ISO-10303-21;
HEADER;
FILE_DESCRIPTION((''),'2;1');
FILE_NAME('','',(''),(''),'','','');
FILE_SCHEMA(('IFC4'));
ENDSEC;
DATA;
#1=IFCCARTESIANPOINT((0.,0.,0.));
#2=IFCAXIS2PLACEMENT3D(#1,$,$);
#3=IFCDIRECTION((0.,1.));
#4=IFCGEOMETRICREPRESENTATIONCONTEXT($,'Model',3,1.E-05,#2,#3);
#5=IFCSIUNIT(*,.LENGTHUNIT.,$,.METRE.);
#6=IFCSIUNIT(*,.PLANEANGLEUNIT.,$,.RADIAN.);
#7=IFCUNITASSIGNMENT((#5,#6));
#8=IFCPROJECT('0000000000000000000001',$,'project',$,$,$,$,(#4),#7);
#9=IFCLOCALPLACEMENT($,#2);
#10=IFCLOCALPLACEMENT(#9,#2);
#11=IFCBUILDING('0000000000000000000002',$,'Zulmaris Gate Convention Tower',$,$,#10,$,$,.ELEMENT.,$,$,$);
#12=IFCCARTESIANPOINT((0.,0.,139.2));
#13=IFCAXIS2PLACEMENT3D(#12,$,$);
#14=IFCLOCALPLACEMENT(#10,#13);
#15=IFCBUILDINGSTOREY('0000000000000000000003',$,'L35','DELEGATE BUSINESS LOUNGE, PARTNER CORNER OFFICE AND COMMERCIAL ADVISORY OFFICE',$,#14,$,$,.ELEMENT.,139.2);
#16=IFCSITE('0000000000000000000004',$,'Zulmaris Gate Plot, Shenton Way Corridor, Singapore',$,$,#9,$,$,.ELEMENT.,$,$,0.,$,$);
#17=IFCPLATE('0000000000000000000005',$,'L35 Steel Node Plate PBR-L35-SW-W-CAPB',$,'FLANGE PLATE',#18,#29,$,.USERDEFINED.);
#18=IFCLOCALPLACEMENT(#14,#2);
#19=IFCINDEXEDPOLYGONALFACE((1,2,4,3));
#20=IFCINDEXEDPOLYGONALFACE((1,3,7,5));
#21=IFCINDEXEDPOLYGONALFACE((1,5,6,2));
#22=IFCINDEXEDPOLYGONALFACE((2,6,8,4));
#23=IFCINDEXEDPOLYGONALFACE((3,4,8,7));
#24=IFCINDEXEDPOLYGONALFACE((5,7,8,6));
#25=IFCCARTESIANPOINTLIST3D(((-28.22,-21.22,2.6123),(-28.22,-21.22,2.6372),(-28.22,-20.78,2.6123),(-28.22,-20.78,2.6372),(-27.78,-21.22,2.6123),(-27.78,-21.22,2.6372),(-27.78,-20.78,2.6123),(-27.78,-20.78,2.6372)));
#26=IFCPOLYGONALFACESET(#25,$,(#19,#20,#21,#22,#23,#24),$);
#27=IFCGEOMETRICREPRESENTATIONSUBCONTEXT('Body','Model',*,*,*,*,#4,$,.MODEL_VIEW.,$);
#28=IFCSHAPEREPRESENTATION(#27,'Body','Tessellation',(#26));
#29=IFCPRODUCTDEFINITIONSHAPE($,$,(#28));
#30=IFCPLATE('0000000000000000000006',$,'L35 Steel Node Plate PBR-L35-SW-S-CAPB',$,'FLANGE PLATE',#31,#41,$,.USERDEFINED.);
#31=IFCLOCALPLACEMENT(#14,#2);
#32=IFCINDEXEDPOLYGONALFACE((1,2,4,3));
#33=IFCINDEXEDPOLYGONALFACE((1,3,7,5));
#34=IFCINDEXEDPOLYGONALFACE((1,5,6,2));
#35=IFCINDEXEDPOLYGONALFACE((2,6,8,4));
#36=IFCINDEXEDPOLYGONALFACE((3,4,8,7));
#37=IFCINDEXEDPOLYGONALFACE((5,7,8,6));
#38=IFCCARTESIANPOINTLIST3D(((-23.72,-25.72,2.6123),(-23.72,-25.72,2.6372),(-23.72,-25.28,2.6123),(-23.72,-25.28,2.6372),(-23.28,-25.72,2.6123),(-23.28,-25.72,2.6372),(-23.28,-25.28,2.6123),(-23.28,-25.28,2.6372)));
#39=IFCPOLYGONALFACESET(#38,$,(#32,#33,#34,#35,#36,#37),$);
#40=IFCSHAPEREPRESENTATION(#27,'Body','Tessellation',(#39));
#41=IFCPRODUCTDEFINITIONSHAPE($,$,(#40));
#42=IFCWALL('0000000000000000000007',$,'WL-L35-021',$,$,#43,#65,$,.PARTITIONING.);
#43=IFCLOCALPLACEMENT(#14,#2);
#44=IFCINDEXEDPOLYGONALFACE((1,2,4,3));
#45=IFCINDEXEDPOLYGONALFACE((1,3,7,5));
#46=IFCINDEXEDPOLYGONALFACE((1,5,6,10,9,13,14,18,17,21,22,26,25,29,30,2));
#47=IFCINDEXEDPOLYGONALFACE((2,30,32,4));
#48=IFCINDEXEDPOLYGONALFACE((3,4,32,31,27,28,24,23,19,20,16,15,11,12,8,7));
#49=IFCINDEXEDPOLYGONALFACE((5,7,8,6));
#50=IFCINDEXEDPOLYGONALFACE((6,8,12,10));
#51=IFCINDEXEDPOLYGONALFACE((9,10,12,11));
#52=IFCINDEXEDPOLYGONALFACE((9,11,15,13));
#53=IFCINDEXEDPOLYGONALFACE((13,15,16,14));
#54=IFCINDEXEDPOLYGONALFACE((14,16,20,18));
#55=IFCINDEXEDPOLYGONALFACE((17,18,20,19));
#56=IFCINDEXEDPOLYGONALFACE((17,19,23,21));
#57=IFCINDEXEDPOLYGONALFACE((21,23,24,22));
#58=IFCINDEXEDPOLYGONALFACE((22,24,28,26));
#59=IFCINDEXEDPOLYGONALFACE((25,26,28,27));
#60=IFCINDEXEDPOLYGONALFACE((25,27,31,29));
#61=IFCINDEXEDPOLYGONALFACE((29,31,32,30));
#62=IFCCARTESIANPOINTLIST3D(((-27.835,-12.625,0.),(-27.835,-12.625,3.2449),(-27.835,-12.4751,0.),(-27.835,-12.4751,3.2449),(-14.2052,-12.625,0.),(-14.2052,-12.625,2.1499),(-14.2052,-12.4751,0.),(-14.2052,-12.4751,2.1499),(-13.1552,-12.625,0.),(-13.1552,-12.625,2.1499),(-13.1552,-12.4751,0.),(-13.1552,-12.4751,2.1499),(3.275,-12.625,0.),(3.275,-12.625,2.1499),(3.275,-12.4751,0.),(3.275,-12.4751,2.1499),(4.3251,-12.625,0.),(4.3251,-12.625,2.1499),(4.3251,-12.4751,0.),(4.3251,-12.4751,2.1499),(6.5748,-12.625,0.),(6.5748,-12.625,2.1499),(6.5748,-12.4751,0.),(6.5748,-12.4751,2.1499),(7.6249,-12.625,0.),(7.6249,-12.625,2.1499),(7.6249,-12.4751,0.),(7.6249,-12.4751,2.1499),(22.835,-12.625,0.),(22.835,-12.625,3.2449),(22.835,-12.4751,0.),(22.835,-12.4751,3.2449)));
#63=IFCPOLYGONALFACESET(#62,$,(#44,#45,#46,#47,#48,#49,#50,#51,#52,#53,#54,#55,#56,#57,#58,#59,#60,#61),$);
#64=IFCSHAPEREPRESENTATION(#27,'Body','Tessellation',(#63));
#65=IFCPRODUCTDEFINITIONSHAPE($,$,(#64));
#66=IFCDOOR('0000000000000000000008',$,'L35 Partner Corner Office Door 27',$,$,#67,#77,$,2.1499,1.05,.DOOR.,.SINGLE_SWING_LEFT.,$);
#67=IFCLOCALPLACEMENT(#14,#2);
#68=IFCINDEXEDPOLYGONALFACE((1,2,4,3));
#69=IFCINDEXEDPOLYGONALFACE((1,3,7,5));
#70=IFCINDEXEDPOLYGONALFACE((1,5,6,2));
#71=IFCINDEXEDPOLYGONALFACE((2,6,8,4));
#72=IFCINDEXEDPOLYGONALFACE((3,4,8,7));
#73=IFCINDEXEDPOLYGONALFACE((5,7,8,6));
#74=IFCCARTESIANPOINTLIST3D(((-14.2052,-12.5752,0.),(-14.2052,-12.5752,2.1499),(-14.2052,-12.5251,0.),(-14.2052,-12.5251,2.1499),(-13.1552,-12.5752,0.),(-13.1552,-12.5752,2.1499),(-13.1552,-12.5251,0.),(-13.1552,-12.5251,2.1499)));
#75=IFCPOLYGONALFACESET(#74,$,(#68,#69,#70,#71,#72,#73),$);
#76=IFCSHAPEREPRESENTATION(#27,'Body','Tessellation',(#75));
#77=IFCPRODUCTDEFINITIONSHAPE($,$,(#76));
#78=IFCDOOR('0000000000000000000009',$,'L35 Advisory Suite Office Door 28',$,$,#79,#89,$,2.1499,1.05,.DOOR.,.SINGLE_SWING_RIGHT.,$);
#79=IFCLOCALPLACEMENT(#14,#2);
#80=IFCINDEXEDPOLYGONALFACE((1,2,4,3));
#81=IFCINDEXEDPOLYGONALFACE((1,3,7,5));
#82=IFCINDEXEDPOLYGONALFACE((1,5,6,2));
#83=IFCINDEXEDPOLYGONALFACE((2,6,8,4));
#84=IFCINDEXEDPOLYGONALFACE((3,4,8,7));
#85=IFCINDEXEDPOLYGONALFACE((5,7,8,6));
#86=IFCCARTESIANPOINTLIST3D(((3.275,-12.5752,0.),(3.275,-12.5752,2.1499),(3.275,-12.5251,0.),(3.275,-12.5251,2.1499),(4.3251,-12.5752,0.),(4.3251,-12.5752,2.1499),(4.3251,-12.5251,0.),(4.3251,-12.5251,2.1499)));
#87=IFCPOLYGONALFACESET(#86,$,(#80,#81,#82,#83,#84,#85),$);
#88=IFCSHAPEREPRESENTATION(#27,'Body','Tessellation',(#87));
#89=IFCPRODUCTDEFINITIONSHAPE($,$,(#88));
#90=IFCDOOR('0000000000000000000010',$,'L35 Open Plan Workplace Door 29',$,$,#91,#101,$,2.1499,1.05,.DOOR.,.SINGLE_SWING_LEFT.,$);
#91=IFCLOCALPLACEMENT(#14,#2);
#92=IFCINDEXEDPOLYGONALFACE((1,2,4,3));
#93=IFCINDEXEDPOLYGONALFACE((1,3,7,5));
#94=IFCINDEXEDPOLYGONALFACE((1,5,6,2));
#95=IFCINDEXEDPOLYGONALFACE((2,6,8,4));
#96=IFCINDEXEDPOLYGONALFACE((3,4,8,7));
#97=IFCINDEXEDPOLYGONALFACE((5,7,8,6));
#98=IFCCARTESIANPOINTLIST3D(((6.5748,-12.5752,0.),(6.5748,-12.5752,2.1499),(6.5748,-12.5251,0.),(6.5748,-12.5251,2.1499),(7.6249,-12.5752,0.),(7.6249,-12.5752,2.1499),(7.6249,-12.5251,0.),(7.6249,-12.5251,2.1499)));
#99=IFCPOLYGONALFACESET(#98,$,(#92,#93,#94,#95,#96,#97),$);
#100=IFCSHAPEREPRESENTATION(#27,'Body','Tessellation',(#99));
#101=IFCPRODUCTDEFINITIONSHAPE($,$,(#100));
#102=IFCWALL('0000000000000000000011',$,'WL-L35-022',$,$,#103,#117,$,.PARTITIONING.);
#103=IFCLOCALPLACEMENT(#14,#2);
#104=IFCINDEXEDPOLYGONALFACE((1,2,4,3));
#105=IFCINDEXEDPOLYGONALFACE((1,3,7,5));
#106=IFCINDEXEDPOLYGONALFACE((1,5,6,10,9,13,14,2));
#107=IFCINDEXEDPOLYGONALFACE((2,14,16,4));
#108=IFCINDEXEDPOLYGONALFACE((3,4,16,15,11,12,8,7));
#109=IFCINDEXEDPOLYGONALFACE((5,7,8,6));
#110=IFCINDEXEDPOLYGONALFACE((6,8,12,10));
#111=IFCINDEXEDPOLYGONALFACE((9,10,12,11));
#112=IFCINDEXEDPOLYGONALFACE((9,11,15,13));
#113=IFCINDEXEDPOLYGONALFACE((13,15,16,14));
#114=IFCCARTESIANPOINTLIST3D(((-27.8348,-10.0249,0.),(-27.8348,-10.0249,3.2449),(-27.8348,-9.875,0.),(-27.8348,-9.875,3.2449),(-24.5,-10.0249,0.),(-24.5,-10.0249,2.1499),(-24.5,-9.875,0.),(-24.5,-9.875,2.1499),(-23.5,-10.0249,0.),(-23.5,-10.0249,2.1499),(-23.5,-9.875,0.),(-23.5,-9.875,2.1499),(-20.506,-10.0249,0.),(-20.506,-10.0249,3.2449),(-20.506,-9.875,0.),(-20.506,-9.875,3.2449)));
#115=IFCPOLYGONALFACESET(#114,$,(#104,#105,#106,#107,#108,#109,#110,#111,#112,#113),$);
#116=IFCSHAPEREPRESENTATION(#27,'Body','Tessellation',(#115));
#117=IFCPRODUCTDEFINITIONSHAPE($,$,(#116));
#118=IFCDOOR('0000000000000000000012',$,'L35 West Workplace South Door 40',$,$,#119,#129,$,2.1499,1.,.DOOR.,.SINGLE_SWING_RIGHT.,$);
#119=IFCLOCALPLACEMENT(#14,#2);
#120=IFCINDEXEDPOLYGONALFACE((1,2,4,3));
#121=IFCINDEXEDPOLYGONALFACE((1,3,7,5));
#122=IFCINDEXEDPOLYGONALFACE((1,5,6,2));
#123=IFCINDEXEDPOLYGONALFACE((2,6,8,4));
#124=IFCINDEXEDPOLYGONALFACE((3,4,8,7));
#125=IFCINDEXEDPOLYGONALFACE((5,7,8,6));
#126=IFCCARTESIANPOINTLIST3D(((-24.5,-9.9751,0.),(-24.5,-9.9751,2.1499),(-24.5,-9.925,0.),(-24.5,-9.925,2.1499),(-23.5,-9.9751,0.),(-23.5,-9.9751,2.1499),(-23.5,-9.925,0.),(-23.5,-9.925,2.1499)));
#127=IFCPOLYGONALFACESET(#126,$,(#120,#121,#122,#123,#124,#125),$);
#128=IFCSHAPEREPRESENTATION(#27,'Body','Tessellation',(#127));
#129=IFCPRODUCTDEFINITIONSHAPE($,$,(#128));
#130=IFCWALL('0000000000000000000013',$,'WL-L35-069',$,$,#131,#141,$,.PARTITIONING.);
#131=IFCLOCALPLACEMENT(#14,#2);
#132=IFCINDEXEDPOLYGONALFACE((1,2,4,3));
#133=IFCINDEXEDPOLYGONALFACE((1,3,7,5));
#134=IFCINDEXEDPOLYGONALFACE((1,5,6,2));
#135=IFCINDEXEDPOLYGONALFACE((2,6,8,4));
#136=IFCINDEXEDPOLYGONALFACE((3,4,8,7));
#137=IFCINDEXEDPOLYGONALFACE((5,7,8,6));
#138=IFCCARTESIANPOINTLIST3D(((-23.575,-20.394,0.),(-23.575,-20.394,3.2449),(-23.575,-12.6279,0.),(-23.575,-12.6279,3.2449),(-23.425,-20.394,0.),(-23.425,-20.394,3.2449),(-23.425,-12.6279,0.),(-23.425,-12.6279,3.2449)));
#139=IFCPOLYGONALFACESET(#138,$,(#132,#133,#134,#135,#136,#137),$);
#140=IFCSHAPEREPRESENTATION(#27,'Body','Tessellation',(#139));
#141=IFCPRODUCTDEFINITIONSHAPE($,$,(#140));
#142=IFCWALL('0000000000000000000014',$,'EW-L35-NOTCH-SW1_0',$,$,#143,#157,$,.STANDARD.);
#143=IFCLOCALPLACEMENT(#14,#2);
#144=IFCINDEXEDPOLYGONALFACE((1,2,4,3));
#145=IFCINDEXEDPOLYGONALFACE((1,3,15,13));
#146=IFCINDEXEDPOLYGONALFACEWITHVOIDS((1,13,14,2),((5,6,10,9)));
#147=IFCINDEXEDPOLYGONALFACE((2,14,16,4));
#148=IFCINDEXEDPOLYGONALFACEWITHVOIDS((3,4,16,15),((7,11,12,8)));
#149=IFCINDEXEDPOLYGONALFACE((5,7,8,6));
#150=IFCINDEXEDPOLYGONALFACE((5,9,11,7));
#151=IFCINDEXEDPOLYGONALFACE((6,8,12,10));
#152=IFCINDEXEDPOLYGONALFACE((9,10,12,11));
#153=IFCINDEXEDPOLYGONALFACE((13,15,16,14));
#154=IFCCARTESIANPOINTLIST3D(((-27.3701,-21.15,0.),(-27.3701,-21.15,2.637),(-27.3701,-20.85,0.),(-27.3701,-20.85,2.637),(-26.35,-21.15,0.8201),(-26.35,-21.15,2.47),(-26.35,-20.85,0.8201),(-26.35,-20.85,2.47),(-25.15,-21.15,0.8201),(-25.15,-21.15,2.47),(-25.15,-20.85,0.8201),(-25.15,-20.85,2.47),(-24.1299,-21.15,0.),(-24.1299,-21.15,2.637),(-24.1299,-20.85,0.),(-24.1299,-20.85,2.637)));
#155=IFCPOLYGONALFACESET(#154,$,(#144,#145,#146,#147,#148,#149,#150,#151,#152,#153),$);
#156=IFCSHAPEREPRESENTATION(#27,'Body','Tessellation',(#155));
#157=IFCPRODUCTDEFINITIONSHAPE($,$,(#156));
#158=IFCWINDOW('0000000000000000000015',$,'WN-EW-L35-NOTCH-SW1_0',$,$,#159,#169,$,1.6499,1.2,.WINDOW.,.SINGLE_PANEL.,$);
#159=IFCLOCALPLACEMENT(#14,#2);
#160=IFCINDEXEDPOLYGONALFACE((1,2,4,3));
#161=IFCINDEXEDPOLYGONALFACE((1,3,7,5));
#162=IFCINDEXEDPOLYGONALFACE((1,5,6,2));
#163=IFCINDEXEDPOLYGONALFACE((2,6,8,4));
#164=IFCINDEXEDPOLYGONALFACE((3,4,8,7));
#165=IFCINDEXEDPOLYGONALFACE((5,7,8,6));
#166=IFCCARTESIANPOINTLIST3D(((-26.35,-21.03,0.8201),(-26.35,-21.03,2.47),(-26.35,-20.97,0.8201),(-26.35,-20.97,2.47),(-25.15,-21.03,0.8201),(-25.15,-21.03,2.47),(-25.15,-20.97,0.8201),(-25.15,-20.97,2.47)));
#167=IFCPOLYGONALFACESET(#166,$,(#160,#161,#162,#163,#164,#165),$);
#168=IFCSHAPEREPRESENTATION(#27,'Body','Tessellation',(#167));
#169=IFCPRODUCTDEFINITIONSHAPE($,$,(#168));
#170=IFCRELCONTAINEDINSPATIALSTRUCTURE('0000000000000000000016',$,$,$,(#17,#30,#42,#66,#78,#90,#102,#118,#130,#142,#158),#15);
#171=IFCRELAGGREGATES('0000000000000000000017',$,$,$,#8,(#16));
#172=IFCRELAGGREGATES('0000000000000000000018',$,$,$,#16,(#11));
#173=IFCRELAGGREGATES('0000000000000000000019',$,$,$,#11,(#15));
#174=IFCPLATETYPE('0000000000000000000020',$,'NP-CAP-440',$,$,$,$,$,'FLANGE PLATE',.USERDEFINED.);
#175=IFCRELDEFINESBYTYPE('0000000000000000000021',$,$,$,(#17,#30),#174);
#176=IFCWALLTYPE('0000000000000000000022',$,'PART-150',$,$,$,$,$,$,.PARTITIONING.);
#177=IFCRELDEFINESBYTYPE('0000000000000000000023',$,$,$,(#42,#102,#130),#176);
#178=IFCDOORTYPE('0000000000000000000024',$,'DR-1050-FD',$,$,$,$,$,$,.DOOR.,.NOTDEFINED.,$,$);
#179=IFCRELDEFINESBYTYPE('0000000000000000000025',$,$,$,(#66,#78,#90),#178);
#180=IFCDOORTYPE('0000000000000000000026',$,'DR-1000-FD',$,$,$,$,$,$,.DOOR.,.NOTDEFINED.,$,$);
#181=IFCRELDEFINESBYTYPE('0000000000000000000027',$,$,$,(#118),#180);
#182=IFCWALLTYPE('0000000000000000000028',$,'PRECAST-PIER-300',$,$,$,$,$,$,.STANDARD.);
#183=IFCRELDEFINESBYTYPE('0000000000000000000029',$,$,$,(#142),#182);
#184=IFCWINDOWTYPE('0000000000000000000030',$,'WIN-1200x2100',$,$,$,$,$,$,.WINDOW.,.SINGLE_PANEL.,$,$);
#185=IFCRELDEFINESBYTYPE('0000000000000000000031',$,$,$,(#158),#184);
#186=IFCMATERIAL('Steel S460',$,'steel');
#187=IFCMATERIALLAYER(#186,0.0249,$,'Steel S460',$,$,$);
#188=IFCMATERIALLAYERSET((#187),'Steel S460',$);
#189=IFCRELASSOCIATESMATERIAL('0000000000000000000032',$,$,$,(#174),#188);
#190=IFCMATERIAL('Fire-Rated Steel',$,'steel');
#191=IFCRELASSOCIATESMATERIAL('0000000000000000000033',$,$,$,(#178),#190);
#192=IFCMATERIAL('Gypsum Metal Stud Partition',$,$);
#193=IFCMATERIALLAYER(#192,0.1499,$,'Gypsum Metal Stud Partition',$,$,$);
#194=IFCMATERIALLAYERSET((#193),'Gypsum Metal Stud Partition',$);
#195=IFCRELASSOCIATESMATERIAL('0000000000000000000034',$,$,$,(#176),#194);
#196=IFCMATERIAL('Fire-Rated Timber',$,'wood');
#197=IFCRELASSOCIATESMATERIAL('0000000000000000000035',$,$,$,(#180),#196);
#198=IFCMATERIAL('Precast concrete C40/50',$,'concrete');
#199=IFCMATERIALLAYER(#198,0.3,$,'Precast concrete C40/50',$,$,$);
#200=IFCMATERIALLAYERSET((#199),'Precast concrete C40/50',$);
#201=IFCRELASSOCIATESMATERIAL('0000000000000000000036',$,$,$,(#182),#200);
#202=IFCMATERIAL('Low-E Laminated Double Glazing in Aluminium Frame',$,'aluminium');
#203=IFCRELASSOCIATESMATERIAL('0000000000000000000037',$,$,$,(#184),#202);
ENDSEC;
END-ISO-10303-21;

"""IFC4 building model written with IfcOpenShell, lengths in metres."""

from ifc_helpers import new_model, si_unit, direction, frame, frame_2d, origin, origin_2d, place, context, subcontext, project, spatial, rectangle, extrude, material, layer, layer_set, type_object, element, fill, save


model = new_model("IFC4")

# Units and contexts
model_context = context("Model", 3, precision=1e-05, world=origin(), true_north=direction((0.0, 1.0)))
body_context = subcontext(model_context, "Body", "Model", "MODEL_VIEW")
ifc_project = project(units=[si_unit("LENGTHUNIT", "METRE"), si_unit("PLANEANGLEUNIT", "RADIAN")], contexts=[model_context])

# Site, building, storey
site_placement = place(None, origin())
site = spatial("IfcSite", under=ifc_project, at=site_placement, Name="Zulmaris Gate Plot, Shenton Way Corridor, Singapore", CompositionType="ELEMENT", RefElevation=0.0)
building_placement = place(site_placement, origin())
building = spatial("IfcBuilding", under=site, at=building_placement, Name="Zulmaris Gate Convention Tower", CompositionType="ELEMENT")
storey_placement = place(building_placement, frame((0.0, 0.0, 139.2)))
storey = spatial("IfcBuildingStorey", under=building, at=storey_placement, Name="L35", Description="DELEGATE BUSINESS LOUNGE, PARTNER CORNER OFFICE AND COMMERCIAL ADVISORY OFFICE", CompositionType="ELEMENT", Elevation=139.2)

# Plates
ifc_material_1 = material(Name="Steel S460", Category="steel")
ifc_layer_1 = layer(ifc_material_1, 0.0249, Name="Steel S460")
ifc_layer_set_1 = layer_set([ifc_layer_1], Name="Steel S460")
plate_type = type_object("IfcPlateType", Name="NP-CAP-440", ElementType="FLANGE PLATE", PredefinedType="USERDEFINED", material=ifc_layer_set_1)
for number, where, z_axis, x_axis, name in (
    (1, (-28.0, -21.0, 2.6123), (0.0, 0.0, 1.0), (1.0, 0.0, 0.0), "L35 Steel Node Plate PBR-L35-SW-W-CAPB"),
    (2, (-23.5, -25.5, 2.6123), (0.0, 0.0, 1.0), (1.0, 0.0, 0.0), "L35 Steel Node Plate PBR-L35-SW-S-CAPB"),
):
    element("IfcPlate", number, at=place(storey_placement, frame(where, z_axis=z_axis, x_axis=x_axis)), inside=storey, type_object=plate_type, Name=name, ObjectType="FLANGE PLATE", PredefinedType="USERDEFINED", context=body_context, shape_type="SweptSolid", body=[
        extrude(rectangle(XDim=0.4399, YDim=0.4399, at=origin_2d()), origin(), (0.0, 0.0, 1.0), 0.0249),
    ])

# Shared definitions
ifc_material_2 = material(Name="Fire-Rated Steel", Category="steel")
door_type_1 = type_object("IfcDoorType", Name="DR-1050-FD", OperationType="NOTDEFINED", PredefinedType="DOOR", material=ifc_material_2)

# Wall, openings, doors
ifc_material_3 = material(Name="Gypsum Metal Stud Partition")
ifc_layer_2 = layer(ifc_material_3, 0.1499, Name="Gypsum Metal Stud Partition")
ifc_layer_set_2 = layer_set([ifc_layer_2], Name="Gypsum Metal Stud Partition")
wall_type_1 = type_object("IfcWallType", Name="PART-150", PredefinedType="PARTITIONING", material=ifc_layer_set_2)
wall_1_placement = place(storey_placement, frame((-27.835, -12.55, 0.0), z_axis=(0.0, 0.0, 1.0), x_axis=(1.0, 0.0, 0.0)))
wall_1 = element("IfcWall", 3, at=wall_1_placement, inside=storey, type_object=wall_type_1, Name="WL-L35-021", PredefinedType="PARTITIONING", context=body_context, shape_type="SweptSolid", body=[
    extrude(rectangle(XDim=50.6699, YDim=0.1499, at=frame_2d((25.335, 0.0))), origin(), (0.0, 0.0, 1.0), 3.2449),
])
opening_1_placement = place(wall_1_placement, frame((13.6299, 0.0, 0.0)))
opening_1 = element("IfcOpeningElement", 4, at=opening_1_placement, cuts=wall_1, PredefinedType="OPENING", context=body_context, shape_type="SweptSolid", body=[
    extrude(rectangle(XDim=1.05, YDim=2.1499, at=frame_2d((0.5249, 1.075))), frame((0.0, 0.085, 0.0), z_axis=(0.0, -1.0, 0.0), x_axis=(1.0, 0.0, 0.0)), (0.0, 0.0, 1.0), 0.1699),
])
opening_2_placement = place(wall_1_placement, frame((31.1101, 0.0, 0.0)))
opening_2 = element("IfcOpeningElement", 5, at=opening_2_placement, cuts=wall_1, PredefinedType="OPENING", context=body_context, shape_type="SweptSolid", body=[
    extrude(rectangle(XDim=1.05, YDim=2.1499, at=frame_2d((0.5249, 1.075))), frame((0.0, 0.085, 0.0), z_axis=(0.0, -1.0, 0.0), x_axis=(1.0, 0.0, 0.0)), (0.0, 0.0, 1.0), 0.1699),
])
opening_3_placement = place(wall_1_placement, frame((34.4099, 0.0, 0.0)))
opening_3 = element("IfcOpeningElement", 6, at=opening_3_placement, cuts=wall_1, PredefinedType="OPENING", context=body_context, shape_type="SweptSolid", body=[
    extrude(rectangle(XDim=1.05, YDim=2.1499, at=frame_2d((0.5249, 1.075))), frame((0.0, 0.085, 0.0), z_axis=(0.0, -1.0, 0.0), x_axis=(1.0, 0.0, 0.0)), (0.0, 0.0, 1.0), 0.1699),
])
door_1_placement = place(opening_1_placement, origin())
door_1 = element("IfcDoor", 7, at=door_1_placement, inside=storey, type_object=door_type_1, Name="L35 Partner Corner Office Door 27", OperationType="SINGLE_SWING_LEFT", OverallHeight=2.1499, OverallWidth=1.05, PredefinedType="DOOR", context=body_context, shape_type="SweptSolid", body=[
    extrude(rectangle(XDim=1.05, YDim=2.1499, at=frame_2d((0.5249, 1.075))), frame((0.0, 0.0249, 0.0), z_axis=(0.0, -1.0, 0.0), x_axis=(1.0, 0.0, 0.0)), (0.0, 0.0, 1.0), 0.05),
])
fill(opening_1, door_1)
door_2_placement = place(opening_2_placement, origin())
door_2 = element("IfcDoor", 8, at=door_2_placement, inside=storey, type_object=door_type_1, Name="L35 Advisory Suite Office Door 28", OperationType="SINGLE_SWING_RIGHT", OverallHeight=2.1499, OverallWidth=1.05, PredefinedType="DOOR", context=body_context, shape_type="SweptSolid", body=[
    extrude(rectangle(XDim=1.05, YDim=2.1499, at=frame_2d((0.5249, 1.075))), frame((0.0, 0.0249, 0.0), z_axis=(0.0, -1.0, 0.0), x_axis=(1.0, 0.0, 0.0)), (0.0, 0.0, 1.0), 0.05),
])
fill(opening_2, door_2)
door_3_placement = place(opening_3_placement, origin())
door_3 = element("IfcDoor", 9, at=door_3_placement, inside=storey, type_object=door_type_1, Name="L35 Open Plan Workplace Door 29", OperationType="SINGLE_SWING_LEFT", OverallHeight=2.1499, OverallWidth=1.05, PredefinedType="DOOR", context=body_context, shape_type="SweptSolid", body=[
    extrude(rectangle(XDim=1.05, YDim=2.1499, at=frame_2d((0.5249, 1.075))), frame((0.0, 0.0249, 0.0), z_axis=(0.0, -1.0, 0.0), x_axis=(1.0, 0.0, 0.0)), (0.0, 0.0, 1.0), 0.05),
])
fill(opening_3, door_3)

# Wall, opening, door
wall_2_placement = place(storey_placement, frame((-27.835, -9.95, 0.0), z_axis=(0.0, 0.0, 1.0), x_axis=(1.0, 0.0, 0.0)))
wall_2 = element("IfcWall", 10, at=wall_2_placement, inside=storey, type_object=wall_type_1, Name="WL-L35-022", PredefinedType="PARTITIONING", context=body_context, shape_type="SweptSolid", body=[
    extrude(rectangle(XDim=7.3289, YDim=0.1499, at=frame_2d((3.6646, 0.0))), origin(), (0.0, 0.0, 1.0), 3.2449),
])
opening_4_placement = place(wall_2_placement, frame((3.335, 0.0, 0.0)))
opening_4 = element("IfcOpeningElement", 11, at=opening_4_placement, cuts=wall_2, PredefinedType="OPENING", context=body_context, shape_type="SweptSolid", body=[
    extrude(rectangle(XDim=1.0, YDim=2.1499, at=frame_2d((0.5, 1.075))), frame((0.0, 0.085, 0.0), z_axis=(0.0, -1.0, 0.0), x_axis=(1.0, 0.0, 0.0)), (0.0, 0.0, 1.0), 0.1699),
])
ifc_material_4 = material(Name="Fire-Rated Timber", Category="wood")
door_type_2 = type_object("IfcDoorType", Name="DR-1000-FD", OperationType="NOTDEFINED", PredefinedType="DOOR", material=ifc_material_4)
door_4_placement = place(opening_4_placement, origin())
door_4 = element("IfcDoor", 12, at=door_4_placement, inside=storey, type_object=door_type_2, Name="L35 West Workplace South Door 40", OperationType="SINGLE_SWING_RIGHT", OverallHeight=2.1499, OverallWidth=1.0, PredefinedType="DOOR", context=body_context, shape_type="SweptSolid", body=[
    extrude(rectangle(XDim=1.0, YDim=2.1499, at=frame_2d((0.5, 1.075))), frame((0.0, 0.0249, 0.0), z_axis=(0.0, -1.0, 0.0), x_axis=(1.0, 0.0, 0.0)), (0.0, 0.0, 1.0), 0.05),
])
fill(opening_4, door_4)

# Wall
wall_3_placement = place(storey_placement, frame((-23.5, -20.394, 0.0), z_axis=(0.0, 0.0, 1.0), x_axis=(0.0, 1.0, 0.0)))
element("IfcWall", 13, at=wall_3_placement, inside=storey, type_object=wall_type_1, Name="WL-L35-069", PredefinedType="PARTITIONING", context=body_context, shape_type="SweptSolid", body=[
    extrude(rectangle(XDim=7.7661, YDim=0.1499, at=frame_2d((3.8831, 0.0))), origin(), (0.0, 0.0, 1.0), 3.2449),
])

# Wall, opening, window
ifc_material_5 = material(Name="Precast concrete C40/50", Category="concrete")
ifc_layer_3 = layer(ifc_material_5, 0.3, Name="Precast concrete C40/50")
ifc_layer_set_3 = layer_set([ifc_layer_3], Name="Precast concrete C40/50")
wall_type_2 = type_object("IfcWallType", Name="PRECAST-PIER-300", PredefinedType="STANDARD", material=ifc_layer_set_3)
wall_4_placement = place(storey_placement, frame((-27.3701, -21.0, 0.0), z_axis=(0.0, 0.0, 1.0), x_axis=(1.0, 0.0, 0.0)))
wall_4 = element("IfcWall", 14, at=wall_4_placement, inside=storey, type_object=wall_type_2, Name="EW-L35-NOTCH-SW1_0", PredefinedType="STANDARD", context=body_context, shape_type="SweptSolid", body=[
    extrude(rectangle(XDim=3.2402, YDim=0.3, at=frame_2d((1.6201, 0.0))), origin(), (0.0, 0.0, 1.0), 2.637),
])
opening_5_placement = place(wall_4_placement, frame((1.02, 0.0, 0.8201)))
opening_5 = element("IfcOpeningElement", 15, at=opening_5_placement, cuts=wall_4, PredefinedType="OPENING", context=body_context, shape_type="SweptSolid", body=[
    extrude(rectangle(XDim=1.2, YDim=1.6499, at=frame_2d((0.6001, 0.825))), frame((0.0, 0.1602, 0.0), z_axis=(0.0, -1.0, 0.0), x_axis=(1.0, 0.0, 0.0)), (0.0, 0.0, 1.0), 0.3201),
])
ifc_material_6 = material(Name="Low-E Laminated Double Glazing in Aluminium Frame", Category="aluminium")
window_type = type_object("IfcWindowType", Name="WIN-1200x2100", PartitioningType="SINGLE_PANEL", PredefinedType="WINDOW", material=ifc_material_6)
window_1_placement = place(opening_5_placement, origin())
window_1 = element("IfcWindow", 16, at=window_1_placement, inside=storey, type_object=window_type, Name="WN-EW-L35-NOTCH-SW1_0", OverallHeight=1.6499, OverallWidth=1.2, PartitioningType="SINGLE_PANEL", PredefinedType="WINDOW", context=body_context, shape_type="SweptSolid", body=[
    extrude(rectangle(XDim=1.2, YDim=1.6499, at=frame_2d((0.6001, 0.825))), frame((0.0, 0.03, 0.0), z_axis=(0.0, -1.0, 0.0), x_axis=(1.0, 0.0, 0.0)), (0.0, 0.0, 1.0), 0.0601),
])
fill(opening_5, window_1)

save(model, "model.ifc")
